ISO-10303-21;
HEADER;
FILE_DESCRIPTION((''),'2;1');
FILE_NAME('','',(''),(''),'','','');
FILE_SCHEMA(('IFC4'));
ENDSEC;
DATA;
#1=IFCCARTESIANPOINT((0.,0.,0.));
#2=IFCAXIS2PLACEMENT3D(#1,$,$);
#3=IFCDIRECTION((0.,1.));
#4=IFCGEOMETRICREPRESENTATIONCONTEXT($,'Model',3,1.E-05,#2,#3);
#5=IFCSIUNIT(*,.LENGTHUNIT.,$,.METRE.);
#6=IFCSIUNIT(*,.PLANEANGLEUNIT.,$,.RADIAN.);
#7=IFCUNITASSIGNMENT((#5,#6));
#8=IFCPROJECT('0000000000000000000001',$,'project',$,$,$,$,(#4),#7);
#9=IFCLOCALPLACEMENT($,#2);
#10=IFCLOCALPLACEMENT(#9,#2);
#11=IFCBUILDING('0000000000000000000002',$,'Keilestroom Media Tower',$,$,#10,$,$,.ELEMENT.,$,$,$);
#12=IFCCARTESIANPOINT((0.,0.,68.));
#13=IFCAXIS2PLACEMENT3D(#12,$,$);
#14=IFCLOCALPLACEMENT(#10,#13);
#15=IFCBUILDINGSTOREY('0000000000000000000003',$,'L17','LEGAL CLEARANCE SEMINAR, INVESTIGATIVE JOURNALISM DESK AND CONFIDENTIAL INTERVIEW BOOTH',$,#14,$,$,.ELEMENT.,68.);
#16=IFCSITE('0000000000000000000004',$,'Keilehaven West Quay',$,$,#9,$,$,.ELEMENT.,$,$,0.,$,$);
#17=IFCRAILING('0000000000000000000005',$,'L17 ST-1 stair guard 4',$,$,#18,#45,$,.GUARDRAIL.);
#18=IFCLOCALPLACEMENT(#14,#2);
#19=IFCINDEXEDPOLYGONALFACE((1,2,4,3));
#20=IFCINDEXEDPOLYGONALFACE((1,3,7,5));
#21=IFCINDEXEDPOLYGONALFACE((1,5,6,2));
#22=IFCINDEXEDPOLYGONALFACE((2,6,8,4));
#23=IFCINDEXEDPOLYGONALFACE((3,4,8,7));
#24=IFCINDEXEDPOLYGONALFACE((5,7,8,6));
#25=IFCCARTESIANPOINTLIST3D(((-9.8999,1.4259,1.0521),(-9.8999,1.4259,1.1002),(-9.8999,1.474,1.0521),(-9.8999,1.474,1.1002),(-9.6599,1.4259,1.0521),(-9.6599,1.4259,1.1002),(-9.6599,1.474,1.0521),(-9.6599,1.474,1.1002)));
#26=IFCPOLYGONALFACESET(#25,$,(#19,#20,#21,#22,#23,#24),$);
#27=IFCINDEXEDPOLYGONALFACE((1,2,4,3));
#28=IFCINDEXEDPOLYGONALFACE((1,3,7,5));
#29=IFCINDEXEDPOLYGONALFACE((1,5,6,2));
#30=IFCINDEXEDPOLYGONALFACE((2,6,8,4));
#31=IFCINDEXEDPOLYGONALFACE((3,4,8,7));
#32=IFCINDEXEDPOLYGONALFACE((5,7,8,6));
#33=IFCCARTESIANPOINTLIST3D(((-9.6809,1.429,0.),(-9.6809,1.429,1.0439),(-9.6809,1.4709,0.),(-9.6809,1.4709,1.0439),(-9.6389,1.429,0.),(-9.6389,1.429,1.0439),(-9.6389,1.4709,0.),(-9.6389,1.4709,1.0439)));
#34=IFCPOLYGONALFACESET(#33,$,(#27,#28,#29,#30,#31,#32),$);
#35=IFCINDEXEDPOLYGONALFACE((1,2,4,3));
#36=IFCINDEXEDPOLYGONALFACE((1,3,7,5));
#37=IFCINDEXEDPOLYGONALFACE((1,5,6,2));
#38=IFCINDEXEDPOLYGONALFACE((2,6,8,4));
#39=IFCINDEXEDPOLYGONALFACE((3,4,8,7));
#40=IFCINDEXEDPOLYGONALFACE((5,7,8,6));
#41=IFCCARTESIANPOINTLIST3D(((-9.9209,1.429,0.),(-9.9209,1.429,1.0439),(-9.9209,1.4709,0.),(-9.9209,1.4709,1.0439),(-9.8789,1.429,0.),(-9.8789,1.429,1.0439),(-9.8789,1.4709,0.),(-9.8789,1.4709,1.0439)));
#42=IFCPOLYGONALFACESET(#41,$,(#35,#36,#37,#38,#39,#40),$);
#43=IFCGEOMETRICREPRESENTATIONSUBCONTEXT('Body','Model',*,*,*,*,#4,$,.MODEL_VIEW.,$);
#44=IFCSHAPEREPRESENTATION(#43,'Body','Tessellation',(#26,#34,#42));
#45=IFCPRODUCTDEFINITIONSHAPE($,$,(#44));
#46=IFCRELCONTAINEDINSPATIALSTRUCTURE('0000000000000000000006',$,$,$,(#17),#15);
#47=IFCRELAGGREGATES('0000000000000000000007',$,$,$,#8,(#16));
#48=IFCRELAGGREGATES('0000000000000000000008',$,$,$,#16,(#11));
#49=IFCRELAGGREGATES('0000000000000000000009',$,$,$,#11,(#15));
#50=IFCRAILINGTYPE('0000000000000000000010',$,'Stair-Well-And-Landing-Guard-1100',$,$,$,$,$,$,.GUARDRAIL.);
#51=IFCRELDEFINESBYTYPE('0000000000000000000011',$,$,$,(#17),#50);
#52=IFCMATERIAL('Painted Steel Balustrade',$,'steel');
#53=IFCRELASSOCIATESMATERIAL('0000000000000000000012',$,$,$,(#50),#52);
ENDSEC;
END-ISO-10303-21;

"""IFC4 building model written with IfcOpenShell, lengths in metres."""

from ifc_helpers import new_model, si_unit, direction, frame, origin, origin_2d, place, context, subcontext, project, spatial, rectangle, extrude, material, type_object, element, save


model = new_model("IFC4")

# Units and contexts
model_context = context("Model", 3, precision=1e-05, world=origin(), true_north=direction((0.0, 1.0)))
body_context = subcontext(model_context, "Body", "Model", "MODEL_VIEW")
ifc_project = project(units=[si_unit("LENGTHUNIT", "METRE"), si_unit("PLANEANGLEUNIT", "RADIAN")], contexts=[model_context])

# Site, building, storey
site_placement = place(None, origin())
site = spatial("IfcSite", under=ifc_project, at=site_placement, Name="Keilehaven West Quay", CompositionType="ELEMENT", RefElevation=0.0)
building_placement = place(site_placement, origin())
building = spatial("IfcBuilding", under=site, at=building_placement, Name="Keilestroom Media Tower", CompositionType="ELEMENT")
storey_placement = place(building_placement, frame((0.0, 0.0, 68.0)))
storey = spatial("IfcBuildingStorey", under=building, at=storey_placement, Name="L17", Description="LEGAL CLEARANCE SEMINAR, INVESTIGATIVE JOURNALISM DESK AND CONFIDENTIAL INTERVIEW BOOTH", CompositionType="ELEMENT", Elevation=68.0)

# Railing
ifc_material_1 = material(Name="Painted Steel Balustrade", Category="steel")
railing_type_1 = type_object("IfcRailingType", Name="Stair-Well-And-Landing-Guard-1100", PredefinedType="GUARDRAIL", material=ifc_material_1)
railing_1_placement = place(storey_placement, frame((-9.6599, 1.45, 0.0)))
element("IfcRailing", 1, at=railing_1_placement, inside=storey, type_object=railing_type_1, Name="L17 ST-1 stair guard 4", PredefinedType="GUARDRAIL", context=body_context, shape_type="SweptSolid", body=[
    extrude(rectangle(XDim=0.0481, YDim=0.0481, at=origin_2d()), frame((0.0, 0.0, 1.0762), z_axis=(-1.0, 0.0, 0.0), x_axis=(0.0, -1.0, 0.0)), (0.0, 0.0, 1.0), 0.24),
    extrude(rectangle(XDim=0.042, YDim=0.042, at=origin_2d()), origin(), (0.0, 0.0, 1.0), 1.0439),
    extrude(rectangle(XDim=0.042, YDim=0.042, at=origin_2d()), frame((-0.24, 0.0, 0.0)), (0.0, 0.0, 1.0), 1.0439),
])

save(model, "model.ifc")
